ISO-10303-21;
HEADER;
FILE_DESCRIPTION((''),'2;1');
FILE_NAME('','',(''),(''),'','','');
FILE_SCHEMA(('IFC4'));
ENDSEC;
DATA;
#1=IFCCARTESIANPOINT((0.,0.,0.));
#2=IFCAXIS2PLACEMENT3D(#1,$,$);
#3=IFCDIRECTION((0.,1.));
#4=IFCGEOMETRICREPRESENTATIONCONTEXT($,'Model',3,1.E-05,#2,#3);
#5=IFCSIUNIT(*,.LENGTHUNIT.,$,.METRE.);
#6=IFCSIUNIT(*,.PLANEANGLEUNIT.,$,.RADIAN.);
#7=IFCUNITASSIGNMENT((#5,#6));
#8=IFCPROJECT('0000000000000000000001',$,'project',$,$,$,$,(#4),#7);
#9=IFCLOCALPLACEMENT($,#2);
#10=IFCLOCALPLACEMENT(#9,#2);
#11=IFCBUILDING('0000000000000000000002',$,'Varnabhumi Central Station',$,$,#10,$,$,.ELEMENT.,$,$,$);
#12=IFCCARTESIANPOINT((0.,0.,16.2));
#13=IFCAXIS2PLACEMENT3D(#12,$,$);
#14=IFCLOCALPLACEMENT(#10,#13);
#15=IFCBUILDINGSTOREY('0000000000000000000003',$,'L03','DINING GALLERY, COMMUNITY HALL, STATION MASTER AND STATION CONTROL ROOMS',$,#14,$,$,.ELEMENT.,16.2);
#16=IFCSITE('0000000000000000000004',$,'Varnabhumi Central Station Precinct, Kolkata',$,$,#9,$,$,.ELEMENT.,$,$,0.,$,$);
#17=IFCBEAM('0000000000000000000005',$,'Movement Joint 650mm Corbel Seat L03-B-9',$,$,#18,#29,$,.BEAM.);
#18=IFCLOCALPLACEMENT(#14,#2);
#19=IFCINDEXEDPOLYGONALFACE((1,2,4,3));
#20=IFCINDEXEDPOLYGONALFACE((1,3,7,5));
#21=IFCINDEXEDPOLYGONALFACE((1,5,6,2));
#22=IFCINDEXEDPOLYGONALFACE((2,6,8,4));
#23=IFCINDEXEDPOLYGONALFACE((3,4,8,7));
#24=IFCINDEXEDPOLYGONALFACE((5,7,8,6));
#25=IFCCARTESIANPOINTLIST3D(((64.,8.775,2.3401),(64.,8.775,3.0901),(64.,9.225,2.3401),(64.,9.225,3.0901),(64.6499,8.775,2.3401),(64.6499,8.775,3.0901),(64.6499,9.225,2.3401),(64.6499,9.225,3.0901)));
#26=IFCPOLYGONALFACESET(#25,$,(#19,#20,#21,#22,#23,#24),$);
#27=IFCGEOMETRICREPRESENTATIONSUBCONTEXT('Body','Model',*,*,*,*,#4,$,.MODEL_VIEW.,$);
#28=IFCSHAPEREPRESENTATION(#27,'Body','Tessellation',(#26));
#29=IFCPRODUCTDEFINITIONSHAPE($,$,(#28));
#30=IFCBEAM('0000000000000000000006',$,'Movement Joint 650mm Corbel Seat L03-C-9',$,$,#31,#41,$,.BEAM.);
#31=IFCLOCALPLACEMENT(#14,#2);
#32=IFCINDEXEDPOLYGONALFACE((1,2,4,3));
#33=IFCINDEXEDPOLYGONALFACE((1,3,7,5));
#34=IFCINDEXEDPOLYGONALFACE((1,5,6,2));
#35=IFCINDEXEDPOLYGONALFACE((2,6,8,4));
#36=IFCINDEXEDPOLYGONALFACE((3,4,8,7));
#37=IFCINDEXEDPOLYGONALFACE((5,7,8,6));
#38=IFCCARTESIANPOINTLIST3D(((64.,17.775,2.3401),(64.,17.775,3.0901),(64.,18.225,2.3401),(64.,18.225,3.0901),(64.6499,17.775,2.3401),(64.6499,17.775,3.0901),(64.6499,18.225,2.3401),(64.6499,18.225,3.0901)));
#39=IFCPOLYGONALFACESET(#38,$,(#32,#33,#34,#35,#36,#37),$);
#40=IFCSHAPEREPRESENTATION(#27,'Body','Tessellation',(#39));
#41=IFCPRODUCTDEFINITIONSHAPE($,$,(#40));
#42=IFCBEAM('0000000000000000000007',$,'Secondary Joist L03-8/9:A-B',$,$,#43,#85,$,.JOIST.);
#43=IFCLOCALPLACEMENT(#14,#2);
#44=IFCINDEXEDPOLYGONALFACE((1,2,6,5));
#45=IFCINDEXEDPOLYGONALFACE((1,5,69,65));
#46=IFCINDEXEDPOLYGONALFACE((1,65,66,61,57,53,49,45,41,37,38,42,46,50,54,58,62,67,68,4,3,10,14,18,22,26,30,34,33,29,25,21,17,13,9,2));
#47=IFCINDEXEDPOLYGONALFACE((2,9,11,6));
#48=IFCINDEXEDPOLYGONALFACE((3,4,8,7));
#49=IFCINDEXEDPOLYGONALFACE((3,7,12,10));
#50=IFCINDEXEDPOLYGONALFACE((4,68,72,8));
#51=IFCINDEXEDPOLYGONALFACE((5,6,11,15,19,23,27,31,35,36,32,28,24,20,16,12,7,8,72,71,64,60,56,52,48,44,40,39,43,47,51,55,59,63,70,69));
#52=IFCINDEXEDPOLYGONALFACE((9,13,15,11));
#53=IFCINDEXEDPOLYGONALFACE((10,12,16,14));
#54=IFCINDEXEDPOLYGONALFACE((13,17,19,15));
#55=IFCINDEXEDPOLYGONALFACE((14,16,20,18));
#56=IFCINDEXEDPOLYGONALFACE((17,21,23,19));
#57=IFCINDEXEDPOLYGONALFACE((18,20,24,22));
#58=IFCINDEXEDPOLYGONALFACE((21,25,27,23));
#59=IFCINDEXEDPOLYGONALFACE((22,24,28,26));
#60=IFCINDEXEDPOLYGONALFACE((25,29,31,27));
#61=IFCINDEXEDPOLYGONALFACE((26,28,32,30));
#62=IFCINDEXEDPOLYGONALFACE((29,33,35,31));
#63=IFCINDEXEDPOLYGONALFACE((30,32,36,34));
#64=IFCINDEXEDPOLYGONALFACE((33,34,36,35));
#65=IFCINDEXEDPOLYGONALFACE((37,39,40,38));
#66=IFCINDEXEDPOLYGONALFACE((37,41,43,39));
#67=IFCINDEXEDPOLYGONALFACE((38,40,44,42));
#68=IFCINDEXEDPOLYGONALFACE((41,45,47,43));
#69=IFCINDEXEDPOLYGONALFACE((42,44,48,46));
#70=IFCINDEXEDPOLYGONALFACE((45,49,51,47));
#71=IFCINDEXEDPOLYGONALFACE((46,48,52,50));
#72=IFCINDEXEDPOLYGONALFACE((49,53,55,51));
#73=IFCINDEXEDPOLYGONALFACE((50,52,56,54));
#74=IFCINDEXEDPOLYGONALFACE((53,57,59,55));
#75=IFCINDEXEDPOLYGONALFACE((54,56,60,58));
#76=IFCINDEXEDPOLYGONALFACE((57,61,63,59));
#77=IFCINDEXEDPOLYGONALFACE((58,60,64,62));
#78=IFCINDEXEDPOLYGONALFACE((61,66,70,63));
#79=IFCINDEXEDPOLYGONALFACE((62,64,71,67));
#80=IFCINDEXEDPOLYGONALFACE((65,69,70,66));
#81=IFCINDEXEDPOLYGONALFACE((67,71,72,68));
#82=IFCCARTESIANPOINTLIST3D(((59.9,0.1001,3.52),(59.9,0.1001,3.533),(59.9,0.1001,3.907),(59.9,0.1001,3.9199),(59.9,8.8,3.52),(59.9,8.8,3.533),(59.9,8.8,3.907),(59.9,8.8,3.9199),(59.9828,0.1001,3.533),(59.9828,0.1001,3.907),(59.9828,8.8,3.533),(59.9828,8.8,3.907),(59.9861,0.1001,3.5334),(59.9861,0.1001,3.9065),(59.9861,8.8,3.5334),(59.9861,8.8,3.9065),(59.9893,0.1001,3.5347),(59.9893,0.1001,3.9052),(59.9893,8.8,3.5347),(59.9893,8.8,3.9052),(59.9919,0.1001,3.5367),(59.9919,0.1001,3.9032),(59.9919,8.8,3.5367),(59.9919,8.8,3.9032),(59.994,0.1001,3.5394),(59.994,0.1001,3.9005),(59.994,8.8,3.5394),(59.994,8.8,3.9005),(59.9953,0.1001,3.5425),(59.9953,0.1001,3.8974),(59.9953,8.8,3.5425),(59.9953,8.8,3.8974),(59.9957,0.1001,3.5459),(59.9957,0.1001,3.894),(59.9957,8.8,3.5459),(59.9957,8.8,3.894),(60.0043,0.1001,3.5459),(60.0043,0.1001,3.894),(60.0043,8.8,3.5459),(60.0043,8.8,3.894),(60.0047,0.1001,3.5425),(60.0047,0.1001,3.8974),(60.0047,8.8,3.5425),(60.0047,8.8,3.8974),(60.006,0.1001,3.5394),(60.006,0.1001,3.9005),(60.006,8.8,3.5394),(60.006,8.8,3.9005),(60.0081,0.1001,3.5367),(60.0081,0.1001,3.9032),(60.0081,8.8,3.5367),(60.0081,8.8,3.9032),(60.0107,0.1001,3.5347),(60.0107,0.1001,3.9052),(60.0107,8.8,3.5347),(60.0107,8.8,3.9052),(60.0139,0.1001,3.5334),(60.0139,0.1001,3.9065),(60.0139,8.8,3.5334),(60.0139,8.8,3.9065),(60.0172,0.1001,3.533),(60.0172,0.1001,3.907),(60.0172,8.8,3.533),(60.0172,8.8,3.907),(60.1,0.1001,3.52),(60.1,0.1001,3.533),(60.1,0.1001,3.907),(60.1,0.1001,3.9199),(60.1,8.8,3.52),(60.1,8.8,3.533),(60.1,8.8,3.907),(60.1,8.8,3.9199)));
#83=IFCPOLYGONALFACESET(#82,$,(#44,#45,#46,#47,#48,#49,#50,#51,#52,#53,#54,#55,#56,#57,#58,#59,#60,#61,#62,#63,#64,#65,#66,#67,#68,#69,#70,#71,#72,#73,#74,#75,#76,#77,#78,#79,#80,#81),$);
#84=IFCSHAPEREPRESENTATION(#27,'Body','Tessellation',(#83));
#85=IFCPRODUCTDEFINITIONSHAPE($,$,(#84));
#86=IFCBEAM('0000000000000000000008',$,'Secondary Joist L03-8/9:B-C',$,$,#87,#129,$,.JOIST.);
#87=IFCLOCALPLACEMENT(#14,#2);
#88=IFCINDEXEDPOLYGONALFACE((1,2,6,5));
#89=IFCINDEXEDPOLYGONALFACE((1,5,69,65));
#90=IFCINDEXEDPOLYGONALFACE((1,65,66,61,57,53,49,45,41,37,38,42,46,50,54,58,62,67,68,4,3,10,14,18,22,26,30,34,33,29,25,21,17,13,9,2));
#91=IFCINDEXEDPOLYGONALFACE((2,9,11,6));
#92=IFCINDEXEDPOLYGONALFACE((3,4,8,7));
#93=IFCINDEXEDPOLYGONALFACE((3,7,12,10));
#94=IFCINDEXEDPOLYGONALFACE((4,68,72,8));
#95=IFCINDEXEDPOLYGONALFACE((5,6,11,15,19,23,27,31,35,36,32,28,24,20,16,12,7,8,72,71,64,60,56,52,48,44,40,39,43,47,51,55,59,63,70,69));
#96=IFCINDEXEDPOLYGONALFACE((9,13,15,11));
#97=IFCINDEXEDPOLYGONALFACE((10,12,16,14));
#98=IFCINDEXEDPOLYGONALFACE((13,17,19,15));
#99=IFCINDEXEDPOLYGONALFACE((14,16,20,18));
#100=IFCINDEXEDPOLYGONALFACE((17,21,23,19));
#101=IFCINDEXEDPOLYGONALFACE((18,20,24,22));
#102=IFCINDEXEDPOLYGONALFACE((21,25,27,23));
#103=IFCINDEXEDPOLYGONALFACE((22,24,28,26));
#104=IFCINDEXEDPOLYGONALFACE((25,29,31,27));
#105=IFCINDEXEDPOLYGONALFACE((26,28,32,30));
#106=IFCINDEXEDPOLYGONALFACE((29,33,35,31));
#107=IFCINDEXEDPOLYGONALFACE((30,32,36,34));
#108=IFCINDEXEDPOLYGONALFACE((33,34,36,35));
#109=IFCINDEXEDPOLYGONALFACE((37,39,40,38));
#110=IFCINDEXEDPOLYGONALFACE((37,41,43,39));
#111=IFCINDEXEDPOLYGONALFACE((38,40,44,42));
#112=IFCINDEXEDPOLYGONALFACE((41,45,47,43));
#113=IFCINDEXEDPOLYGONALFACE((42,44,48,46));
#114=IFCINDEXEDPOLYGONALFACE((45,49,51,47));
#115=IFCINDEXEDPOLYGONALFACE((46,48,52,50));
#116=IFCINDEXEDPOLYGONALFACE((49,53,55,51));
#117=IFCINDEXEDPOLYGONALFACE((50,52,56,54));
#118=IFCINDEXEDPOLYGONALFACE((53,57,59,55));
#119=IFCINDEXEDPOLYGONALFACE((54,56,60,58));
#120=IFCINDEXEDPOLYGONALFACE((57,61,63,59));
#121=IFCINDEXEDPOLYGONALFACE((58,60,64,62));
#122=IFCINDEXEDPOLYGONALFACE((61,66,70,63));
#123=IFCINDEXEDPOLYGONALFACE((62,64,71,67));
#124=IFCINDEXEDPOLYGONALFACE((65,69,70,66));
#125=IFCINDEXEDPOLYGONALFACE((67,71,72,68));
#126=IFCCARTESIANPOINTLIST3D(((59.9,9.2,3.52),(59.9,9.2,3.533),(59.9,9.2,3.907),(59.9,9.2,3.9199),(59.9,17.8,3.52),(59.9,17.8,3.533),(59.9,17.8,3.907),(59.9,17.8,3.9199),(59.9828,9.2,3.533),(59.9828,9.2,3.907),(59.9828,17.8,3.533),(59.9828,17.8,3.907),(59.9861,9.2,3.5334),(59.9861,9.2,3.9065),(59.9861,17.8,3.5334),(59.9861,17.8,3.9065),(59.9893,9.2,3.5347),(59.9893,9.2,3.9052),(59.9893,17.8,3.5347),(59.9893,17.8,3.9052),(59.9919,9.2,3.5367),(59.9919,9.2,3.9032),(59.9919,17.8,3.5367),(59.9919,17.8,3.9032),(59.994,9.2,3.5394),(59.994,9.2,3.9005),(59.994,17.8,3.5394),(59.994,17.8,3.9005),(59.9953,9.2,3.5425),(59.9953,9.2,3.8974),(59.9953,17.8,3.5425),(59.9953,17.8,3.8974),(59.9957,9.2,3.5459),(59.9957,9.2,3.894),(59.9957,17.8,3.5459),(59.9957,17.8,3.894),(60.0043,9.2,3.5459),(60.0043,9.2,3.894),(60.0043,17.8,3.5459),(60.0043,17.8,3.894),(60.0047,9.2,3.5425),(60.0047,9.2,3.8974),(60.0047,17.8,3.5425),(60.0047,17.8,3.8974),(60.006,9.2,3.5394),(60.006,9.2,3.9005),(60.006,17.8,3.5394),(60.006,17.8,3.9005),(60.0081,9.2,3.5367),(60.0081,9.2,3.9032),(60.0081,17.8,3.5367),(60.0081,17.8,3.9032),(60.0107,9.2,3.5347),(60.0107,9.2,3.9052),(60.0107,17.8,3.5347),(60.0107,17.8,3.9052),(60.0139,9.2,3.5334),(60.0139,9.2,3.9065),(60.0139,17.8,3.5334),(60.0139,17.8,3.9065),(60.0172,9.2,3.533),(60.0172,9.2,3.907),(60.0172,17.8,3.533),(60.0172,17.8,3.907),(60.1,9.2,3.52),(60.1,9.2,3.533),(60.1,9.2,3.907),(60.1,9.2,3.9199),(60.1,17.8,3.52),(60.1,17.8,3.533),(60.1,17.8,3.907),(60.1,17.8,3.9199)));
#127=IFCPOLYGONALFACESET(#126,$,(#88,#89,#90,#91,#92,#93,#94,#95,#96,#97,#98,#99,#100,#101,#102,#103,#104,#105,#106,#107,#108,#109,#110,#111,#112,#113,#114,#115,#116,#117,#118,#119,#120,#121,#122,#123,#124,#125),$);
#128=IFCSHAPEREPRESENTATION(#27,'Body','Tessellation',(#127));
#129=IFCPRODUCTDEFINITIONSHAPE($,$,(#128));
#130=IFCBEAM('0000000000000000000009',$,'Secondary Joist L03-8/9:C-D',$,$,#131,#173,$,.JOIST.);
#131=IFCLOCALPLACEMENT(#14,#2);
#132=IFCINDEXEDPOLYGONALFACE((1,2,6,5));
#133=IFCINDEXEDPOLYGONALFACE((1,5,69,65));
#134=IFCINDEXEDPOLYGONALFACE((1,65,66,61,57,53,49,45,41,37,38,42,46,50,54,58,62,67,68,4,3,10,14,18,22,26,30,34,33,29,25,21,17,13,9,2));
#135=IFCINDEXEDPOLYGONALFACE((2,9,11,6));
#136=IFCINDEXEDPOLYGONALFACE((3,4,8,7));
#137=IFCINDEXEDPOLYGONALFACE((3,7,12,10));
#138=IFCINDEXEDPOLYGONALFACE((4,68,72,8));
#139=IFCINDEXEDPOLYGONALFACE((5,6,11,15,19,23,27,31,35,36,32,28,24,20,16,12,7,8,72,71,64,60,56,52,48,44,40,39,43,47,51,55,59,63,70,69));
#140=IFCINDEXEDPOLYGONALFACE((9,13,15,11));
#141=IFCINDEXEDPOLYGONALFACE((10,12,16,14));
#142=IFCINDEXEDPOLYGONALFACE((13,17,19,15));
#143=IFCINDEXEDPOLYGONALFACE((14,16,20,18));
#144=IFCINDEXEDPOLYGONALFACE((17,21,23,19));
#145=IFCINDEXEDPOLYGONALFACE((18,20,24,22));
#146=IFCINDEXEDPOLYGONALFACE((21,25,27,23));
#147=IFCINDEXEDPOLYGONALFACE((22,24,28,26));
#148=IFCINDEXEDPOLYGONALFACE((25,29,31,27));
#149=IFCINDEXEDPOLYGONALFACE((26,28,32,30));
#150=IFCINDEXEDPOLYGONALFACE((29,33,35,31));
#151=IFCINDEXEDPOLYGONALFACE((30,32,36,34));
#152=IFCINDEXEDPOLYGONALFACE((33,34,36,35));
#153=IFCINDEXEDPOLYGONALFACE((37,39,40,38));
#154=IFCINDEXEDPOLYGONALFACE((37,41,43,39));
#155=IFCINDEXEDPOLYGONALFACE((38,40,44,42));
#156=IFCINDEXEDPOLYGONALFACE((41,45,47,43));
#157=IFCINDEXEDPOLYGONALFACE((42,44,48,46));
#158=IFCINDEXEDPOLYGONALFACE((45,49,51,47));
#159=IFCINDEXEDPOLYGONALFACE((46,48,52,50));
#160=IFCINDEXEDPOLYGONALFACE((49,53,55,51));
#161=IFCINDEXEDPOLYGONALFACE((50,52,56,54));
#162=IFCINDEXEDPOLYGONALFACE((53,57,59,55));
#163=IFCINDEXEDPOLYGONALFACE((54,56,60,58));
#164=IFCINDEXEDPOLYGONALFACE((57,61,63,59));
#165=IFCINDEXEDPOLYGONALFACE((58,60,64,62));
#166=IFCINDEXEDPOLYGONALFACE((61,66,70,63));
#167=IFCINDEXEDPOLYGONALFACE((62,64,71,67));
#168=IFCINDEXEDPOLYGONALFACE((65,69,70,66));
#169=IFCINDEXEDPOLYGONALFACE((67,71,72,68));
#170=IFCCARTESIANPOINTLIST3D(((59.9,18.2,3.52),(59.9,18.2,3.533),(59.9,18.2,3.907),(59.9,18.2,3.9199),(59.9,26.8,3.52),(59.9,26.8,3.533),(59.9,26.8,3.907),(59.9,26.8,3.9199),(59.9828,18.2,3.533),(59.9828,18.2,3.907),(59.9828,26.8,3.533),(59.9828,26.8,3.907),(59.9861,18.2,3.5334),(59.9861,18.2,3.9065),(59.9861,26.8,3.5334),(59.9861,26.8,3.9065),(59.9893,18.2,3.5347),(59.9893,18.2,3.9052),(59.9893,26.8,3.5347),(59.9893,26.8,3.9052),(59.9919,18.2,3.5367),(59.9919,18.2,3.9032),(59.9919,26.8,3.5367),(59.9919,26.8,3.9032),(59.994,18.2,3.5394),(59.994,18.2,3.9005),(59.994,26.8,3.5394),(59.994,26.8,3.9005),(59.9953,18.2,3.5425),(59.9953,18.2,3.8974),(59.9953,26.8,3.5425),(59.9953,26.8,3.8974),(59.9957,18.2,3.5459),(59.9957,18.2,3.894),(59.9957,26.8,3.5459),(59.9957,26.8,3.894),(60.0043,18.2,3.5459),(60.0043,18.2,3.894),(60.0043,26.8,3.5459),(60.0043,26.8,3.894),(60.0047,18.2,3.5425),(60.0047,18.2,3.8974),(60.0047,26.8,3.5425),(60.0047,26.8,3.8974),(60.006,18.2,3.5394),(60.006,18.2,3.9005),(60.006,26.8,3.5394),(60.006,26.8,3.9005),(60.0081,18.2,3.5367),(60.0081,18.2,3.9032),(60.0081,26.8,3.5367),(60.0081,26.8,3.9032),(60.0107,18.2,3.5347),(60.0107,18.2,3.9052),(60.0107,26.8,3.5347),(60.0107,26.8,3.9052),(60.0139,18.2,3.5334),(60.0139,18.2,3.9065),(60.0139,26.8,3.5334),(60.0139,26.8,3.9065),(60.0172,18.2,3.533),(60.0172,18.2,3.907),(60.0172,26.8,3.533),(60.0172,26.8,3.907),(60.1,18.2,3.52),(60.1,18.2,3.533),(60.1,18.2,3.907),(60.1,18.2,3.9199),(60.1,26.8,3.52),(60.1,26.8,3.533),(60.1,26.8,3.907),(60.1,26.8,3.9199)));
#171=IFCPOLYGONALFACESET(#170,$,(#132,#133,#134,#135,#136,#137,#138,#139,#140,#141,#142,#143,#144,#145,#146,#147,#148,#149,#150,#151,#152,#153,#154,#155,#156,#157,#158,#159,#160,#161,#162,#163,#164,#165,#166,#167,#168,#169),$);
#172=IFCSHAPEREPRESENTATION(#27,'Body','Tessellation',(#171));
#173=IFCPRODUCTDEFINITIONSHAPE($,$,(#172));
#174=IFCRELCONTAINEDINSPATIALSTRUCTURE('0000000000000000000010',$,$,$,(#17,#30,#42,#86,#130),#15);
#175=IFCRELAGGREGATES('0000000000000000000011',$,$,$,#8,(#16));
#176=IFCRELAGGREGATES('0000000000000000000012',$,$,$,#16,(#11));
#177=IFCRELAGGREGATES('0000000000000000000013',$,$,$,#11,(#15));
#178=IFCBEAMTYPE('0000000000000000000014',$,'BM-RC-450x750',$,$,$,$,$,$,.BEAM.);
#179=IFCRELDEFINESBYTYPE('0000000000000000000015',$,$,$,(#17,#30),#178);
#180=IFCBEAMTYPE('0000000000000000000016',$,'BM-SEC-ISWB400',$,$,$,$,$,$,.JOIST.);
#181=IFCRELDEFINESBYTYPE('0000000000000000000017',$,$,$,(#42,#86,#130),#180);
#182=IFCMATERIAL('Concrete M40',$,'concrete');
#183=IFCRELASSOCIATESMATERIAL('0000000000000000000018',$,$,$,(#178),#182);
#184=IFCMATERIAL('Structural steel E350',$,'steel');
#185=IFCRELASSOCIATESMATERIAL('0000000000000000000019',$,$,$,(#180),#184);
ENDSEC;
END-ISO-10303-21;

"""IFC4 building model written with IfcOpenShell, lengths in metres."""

from ifc_helpers import new_model, si_unit, direction, frame, origin, origin_2d, place, context, subcontext, project, spatial, rectangle, i_section, extrude, material, material_profile, profile_set, type_object, element, save


model = new_model("IFC4")

# Units and contexts
model_context = context("Model", 3, precision=1e-05, world=origin(), true_north=direction((0.0, 1.0)))
body_context = subcontext(model_context, "Body", "Model", "MODEL_VIEW")
ifc_project = project(units=[si_unit("LENGTHUNIT", "METRE"), si_unit("PLANEANGLEUNIT", "RADIAN")], contexts=[model_context])

# Site, building, storey
site_placement = place(None, origin())
site = spatial("IfcSite", under=ifc_project, at=site_placement, Name="Varnabhumi Central Station Precinct, Kolkata", CompositionType="ELEMENT", RefElevation=0.0)
building_placement = place(site_placement, origin())
building = spatial("IfcBuilding", under=site, at=building_placement, Name="Varnabhumi Central Station", CompositionType="ELEMENT")
storey_placement = place(building_placement, frame((0.0, 0.0, 16.2)))
storey = spatial("IfcBuildingStorey", under=building, at=storey_placement, Name="L03", Description="DINING GALLERY, COMMUNITY HALL, STATION MASTER AND STATION CONTROL ROOMS", CompositionType="ELEMENT", Elevation=16.2)

# Shared definitions
ifc_material_1 = material(Name="Concrete M40", Category="concrete")

# Beams
ifc_material_2 = material(Name="Structural steel E350", Category="steel")
ifc_material_profile_1 = material_profile(ifc_material_1, rectangle(XDim=0.45, YDim=0.75, at=origin_2d()), Name="Concrete M40", Category="concrete")
ifc_profile_set_1 = profile_set([ifc_material_profile_1], Name="Concrete M40")
beam_type_1 = type_object("IfcBeamType", Name="BM-RC-450x750", PredefinedType="BEAM", material=ifc_profile_set_1)
for number, where, z_axis, x_axis, name in (
    (1, (64.0, 9.0, 2.7151), (1.0, 0.0, 0.0), (0.0, 1.0, 0.0), "Movement Joint 650mm Corbel Seat L03-B-9"),
    (2, (64.0, 18.0, 2.7151), (1.0, 0.0, 0.0), (0.0, 1.0, 0.0), "Movement Joint 650mm Corbel Seat L03-C-9"),
):
    element("IfcBeam", number, at=place(storey_placement, frame(where, z_axis=z_axis, x_axis=x_axis)), inside=storey, type_object=beam_type_1, Name=name, PredefinedType="BEAM", context=body_context, shape_type="SweptSolid", body=[
        extrude(rectangle(XDim=0.45, YDim=0.75, at=origin_2d()), origin(), (0.0, 0.0, 1.0), 0.6499),
    ])
ifc_material_profile_2 = material_profile(ifc_material_2, i_section(OverallWidth=0.2, OverallDepth=0.3999, WebThickness=0.0085, FlangeThickness=0.0129, FilletRadius=0.0129, at=origin_2d()), Name="Structural steel E350", Category="steel")
ifc_profile_set_2 = profile_set([ifc_material_profile_2], Name="Structural steel E350")
beam_type_2 = type_object("IfcBeamType", Name="BM-SEC-ISWB400", PredefinedType="JOIST", material=ifc_profile_set_2)
beam_1_placement = place(storey_placement, frame((60.0, 0.1001, 3.72), z_axis=(0.0, 1.0, 0.0), x_axis=(-1.0, 0.0, 0.0)))
element("IfcBeam", 3, at=beam_1_placement, inside=storey, type_object=beam_type_2, Name="Secondary Joist L03-8/9:A-B", PredefinedType="JOIST", context=body_context, shape_type="SweptSolid", body=[
    extrude(i_section(OverallWidth=0.2, OverallDepth=0.3999, WebThickness=0.0085, FlangeThickness=0.0129, FilletRadius=0.0129, at=origin_2d()), origin(), (0.0, 0.0, 1.0), 8.7),
])
for number, where, z_axis, x_axis, name in (
    (4, (60.0, 9.2, 3.72), (0.0, 1.0, 0.0), (-1.0, 0.0, 0.0), "Secondary Joist L03-8/9:B-C"),
    (5, (60.0, 18.2, 3.72), (0.0, 1.0, 0.0), (-1.0, 0.0, 0.0), "Secondary Joist L03-8/9:C-D"),
):
    element("IfcBeam", number, at=place(storey_placement, frame(where, z_axis=z_axis, x_axis=x_axis)), inside=storey, type_object=beam_type_2, Name=name, PredefinedType="JOIST", context=body_context, shape_type="SweptSolid", body=[
        extrude(i_section(OverallWidth=0.2, OverallDepth=0.3999, WebThickness=0.0085, FlangeThickness=0.0129, FilletRadius=0.0129, at=origin_2d()), origin(), (0.0, 0.0, 1.0), 8.6001),
    ])

save(model, "model.ifc")
